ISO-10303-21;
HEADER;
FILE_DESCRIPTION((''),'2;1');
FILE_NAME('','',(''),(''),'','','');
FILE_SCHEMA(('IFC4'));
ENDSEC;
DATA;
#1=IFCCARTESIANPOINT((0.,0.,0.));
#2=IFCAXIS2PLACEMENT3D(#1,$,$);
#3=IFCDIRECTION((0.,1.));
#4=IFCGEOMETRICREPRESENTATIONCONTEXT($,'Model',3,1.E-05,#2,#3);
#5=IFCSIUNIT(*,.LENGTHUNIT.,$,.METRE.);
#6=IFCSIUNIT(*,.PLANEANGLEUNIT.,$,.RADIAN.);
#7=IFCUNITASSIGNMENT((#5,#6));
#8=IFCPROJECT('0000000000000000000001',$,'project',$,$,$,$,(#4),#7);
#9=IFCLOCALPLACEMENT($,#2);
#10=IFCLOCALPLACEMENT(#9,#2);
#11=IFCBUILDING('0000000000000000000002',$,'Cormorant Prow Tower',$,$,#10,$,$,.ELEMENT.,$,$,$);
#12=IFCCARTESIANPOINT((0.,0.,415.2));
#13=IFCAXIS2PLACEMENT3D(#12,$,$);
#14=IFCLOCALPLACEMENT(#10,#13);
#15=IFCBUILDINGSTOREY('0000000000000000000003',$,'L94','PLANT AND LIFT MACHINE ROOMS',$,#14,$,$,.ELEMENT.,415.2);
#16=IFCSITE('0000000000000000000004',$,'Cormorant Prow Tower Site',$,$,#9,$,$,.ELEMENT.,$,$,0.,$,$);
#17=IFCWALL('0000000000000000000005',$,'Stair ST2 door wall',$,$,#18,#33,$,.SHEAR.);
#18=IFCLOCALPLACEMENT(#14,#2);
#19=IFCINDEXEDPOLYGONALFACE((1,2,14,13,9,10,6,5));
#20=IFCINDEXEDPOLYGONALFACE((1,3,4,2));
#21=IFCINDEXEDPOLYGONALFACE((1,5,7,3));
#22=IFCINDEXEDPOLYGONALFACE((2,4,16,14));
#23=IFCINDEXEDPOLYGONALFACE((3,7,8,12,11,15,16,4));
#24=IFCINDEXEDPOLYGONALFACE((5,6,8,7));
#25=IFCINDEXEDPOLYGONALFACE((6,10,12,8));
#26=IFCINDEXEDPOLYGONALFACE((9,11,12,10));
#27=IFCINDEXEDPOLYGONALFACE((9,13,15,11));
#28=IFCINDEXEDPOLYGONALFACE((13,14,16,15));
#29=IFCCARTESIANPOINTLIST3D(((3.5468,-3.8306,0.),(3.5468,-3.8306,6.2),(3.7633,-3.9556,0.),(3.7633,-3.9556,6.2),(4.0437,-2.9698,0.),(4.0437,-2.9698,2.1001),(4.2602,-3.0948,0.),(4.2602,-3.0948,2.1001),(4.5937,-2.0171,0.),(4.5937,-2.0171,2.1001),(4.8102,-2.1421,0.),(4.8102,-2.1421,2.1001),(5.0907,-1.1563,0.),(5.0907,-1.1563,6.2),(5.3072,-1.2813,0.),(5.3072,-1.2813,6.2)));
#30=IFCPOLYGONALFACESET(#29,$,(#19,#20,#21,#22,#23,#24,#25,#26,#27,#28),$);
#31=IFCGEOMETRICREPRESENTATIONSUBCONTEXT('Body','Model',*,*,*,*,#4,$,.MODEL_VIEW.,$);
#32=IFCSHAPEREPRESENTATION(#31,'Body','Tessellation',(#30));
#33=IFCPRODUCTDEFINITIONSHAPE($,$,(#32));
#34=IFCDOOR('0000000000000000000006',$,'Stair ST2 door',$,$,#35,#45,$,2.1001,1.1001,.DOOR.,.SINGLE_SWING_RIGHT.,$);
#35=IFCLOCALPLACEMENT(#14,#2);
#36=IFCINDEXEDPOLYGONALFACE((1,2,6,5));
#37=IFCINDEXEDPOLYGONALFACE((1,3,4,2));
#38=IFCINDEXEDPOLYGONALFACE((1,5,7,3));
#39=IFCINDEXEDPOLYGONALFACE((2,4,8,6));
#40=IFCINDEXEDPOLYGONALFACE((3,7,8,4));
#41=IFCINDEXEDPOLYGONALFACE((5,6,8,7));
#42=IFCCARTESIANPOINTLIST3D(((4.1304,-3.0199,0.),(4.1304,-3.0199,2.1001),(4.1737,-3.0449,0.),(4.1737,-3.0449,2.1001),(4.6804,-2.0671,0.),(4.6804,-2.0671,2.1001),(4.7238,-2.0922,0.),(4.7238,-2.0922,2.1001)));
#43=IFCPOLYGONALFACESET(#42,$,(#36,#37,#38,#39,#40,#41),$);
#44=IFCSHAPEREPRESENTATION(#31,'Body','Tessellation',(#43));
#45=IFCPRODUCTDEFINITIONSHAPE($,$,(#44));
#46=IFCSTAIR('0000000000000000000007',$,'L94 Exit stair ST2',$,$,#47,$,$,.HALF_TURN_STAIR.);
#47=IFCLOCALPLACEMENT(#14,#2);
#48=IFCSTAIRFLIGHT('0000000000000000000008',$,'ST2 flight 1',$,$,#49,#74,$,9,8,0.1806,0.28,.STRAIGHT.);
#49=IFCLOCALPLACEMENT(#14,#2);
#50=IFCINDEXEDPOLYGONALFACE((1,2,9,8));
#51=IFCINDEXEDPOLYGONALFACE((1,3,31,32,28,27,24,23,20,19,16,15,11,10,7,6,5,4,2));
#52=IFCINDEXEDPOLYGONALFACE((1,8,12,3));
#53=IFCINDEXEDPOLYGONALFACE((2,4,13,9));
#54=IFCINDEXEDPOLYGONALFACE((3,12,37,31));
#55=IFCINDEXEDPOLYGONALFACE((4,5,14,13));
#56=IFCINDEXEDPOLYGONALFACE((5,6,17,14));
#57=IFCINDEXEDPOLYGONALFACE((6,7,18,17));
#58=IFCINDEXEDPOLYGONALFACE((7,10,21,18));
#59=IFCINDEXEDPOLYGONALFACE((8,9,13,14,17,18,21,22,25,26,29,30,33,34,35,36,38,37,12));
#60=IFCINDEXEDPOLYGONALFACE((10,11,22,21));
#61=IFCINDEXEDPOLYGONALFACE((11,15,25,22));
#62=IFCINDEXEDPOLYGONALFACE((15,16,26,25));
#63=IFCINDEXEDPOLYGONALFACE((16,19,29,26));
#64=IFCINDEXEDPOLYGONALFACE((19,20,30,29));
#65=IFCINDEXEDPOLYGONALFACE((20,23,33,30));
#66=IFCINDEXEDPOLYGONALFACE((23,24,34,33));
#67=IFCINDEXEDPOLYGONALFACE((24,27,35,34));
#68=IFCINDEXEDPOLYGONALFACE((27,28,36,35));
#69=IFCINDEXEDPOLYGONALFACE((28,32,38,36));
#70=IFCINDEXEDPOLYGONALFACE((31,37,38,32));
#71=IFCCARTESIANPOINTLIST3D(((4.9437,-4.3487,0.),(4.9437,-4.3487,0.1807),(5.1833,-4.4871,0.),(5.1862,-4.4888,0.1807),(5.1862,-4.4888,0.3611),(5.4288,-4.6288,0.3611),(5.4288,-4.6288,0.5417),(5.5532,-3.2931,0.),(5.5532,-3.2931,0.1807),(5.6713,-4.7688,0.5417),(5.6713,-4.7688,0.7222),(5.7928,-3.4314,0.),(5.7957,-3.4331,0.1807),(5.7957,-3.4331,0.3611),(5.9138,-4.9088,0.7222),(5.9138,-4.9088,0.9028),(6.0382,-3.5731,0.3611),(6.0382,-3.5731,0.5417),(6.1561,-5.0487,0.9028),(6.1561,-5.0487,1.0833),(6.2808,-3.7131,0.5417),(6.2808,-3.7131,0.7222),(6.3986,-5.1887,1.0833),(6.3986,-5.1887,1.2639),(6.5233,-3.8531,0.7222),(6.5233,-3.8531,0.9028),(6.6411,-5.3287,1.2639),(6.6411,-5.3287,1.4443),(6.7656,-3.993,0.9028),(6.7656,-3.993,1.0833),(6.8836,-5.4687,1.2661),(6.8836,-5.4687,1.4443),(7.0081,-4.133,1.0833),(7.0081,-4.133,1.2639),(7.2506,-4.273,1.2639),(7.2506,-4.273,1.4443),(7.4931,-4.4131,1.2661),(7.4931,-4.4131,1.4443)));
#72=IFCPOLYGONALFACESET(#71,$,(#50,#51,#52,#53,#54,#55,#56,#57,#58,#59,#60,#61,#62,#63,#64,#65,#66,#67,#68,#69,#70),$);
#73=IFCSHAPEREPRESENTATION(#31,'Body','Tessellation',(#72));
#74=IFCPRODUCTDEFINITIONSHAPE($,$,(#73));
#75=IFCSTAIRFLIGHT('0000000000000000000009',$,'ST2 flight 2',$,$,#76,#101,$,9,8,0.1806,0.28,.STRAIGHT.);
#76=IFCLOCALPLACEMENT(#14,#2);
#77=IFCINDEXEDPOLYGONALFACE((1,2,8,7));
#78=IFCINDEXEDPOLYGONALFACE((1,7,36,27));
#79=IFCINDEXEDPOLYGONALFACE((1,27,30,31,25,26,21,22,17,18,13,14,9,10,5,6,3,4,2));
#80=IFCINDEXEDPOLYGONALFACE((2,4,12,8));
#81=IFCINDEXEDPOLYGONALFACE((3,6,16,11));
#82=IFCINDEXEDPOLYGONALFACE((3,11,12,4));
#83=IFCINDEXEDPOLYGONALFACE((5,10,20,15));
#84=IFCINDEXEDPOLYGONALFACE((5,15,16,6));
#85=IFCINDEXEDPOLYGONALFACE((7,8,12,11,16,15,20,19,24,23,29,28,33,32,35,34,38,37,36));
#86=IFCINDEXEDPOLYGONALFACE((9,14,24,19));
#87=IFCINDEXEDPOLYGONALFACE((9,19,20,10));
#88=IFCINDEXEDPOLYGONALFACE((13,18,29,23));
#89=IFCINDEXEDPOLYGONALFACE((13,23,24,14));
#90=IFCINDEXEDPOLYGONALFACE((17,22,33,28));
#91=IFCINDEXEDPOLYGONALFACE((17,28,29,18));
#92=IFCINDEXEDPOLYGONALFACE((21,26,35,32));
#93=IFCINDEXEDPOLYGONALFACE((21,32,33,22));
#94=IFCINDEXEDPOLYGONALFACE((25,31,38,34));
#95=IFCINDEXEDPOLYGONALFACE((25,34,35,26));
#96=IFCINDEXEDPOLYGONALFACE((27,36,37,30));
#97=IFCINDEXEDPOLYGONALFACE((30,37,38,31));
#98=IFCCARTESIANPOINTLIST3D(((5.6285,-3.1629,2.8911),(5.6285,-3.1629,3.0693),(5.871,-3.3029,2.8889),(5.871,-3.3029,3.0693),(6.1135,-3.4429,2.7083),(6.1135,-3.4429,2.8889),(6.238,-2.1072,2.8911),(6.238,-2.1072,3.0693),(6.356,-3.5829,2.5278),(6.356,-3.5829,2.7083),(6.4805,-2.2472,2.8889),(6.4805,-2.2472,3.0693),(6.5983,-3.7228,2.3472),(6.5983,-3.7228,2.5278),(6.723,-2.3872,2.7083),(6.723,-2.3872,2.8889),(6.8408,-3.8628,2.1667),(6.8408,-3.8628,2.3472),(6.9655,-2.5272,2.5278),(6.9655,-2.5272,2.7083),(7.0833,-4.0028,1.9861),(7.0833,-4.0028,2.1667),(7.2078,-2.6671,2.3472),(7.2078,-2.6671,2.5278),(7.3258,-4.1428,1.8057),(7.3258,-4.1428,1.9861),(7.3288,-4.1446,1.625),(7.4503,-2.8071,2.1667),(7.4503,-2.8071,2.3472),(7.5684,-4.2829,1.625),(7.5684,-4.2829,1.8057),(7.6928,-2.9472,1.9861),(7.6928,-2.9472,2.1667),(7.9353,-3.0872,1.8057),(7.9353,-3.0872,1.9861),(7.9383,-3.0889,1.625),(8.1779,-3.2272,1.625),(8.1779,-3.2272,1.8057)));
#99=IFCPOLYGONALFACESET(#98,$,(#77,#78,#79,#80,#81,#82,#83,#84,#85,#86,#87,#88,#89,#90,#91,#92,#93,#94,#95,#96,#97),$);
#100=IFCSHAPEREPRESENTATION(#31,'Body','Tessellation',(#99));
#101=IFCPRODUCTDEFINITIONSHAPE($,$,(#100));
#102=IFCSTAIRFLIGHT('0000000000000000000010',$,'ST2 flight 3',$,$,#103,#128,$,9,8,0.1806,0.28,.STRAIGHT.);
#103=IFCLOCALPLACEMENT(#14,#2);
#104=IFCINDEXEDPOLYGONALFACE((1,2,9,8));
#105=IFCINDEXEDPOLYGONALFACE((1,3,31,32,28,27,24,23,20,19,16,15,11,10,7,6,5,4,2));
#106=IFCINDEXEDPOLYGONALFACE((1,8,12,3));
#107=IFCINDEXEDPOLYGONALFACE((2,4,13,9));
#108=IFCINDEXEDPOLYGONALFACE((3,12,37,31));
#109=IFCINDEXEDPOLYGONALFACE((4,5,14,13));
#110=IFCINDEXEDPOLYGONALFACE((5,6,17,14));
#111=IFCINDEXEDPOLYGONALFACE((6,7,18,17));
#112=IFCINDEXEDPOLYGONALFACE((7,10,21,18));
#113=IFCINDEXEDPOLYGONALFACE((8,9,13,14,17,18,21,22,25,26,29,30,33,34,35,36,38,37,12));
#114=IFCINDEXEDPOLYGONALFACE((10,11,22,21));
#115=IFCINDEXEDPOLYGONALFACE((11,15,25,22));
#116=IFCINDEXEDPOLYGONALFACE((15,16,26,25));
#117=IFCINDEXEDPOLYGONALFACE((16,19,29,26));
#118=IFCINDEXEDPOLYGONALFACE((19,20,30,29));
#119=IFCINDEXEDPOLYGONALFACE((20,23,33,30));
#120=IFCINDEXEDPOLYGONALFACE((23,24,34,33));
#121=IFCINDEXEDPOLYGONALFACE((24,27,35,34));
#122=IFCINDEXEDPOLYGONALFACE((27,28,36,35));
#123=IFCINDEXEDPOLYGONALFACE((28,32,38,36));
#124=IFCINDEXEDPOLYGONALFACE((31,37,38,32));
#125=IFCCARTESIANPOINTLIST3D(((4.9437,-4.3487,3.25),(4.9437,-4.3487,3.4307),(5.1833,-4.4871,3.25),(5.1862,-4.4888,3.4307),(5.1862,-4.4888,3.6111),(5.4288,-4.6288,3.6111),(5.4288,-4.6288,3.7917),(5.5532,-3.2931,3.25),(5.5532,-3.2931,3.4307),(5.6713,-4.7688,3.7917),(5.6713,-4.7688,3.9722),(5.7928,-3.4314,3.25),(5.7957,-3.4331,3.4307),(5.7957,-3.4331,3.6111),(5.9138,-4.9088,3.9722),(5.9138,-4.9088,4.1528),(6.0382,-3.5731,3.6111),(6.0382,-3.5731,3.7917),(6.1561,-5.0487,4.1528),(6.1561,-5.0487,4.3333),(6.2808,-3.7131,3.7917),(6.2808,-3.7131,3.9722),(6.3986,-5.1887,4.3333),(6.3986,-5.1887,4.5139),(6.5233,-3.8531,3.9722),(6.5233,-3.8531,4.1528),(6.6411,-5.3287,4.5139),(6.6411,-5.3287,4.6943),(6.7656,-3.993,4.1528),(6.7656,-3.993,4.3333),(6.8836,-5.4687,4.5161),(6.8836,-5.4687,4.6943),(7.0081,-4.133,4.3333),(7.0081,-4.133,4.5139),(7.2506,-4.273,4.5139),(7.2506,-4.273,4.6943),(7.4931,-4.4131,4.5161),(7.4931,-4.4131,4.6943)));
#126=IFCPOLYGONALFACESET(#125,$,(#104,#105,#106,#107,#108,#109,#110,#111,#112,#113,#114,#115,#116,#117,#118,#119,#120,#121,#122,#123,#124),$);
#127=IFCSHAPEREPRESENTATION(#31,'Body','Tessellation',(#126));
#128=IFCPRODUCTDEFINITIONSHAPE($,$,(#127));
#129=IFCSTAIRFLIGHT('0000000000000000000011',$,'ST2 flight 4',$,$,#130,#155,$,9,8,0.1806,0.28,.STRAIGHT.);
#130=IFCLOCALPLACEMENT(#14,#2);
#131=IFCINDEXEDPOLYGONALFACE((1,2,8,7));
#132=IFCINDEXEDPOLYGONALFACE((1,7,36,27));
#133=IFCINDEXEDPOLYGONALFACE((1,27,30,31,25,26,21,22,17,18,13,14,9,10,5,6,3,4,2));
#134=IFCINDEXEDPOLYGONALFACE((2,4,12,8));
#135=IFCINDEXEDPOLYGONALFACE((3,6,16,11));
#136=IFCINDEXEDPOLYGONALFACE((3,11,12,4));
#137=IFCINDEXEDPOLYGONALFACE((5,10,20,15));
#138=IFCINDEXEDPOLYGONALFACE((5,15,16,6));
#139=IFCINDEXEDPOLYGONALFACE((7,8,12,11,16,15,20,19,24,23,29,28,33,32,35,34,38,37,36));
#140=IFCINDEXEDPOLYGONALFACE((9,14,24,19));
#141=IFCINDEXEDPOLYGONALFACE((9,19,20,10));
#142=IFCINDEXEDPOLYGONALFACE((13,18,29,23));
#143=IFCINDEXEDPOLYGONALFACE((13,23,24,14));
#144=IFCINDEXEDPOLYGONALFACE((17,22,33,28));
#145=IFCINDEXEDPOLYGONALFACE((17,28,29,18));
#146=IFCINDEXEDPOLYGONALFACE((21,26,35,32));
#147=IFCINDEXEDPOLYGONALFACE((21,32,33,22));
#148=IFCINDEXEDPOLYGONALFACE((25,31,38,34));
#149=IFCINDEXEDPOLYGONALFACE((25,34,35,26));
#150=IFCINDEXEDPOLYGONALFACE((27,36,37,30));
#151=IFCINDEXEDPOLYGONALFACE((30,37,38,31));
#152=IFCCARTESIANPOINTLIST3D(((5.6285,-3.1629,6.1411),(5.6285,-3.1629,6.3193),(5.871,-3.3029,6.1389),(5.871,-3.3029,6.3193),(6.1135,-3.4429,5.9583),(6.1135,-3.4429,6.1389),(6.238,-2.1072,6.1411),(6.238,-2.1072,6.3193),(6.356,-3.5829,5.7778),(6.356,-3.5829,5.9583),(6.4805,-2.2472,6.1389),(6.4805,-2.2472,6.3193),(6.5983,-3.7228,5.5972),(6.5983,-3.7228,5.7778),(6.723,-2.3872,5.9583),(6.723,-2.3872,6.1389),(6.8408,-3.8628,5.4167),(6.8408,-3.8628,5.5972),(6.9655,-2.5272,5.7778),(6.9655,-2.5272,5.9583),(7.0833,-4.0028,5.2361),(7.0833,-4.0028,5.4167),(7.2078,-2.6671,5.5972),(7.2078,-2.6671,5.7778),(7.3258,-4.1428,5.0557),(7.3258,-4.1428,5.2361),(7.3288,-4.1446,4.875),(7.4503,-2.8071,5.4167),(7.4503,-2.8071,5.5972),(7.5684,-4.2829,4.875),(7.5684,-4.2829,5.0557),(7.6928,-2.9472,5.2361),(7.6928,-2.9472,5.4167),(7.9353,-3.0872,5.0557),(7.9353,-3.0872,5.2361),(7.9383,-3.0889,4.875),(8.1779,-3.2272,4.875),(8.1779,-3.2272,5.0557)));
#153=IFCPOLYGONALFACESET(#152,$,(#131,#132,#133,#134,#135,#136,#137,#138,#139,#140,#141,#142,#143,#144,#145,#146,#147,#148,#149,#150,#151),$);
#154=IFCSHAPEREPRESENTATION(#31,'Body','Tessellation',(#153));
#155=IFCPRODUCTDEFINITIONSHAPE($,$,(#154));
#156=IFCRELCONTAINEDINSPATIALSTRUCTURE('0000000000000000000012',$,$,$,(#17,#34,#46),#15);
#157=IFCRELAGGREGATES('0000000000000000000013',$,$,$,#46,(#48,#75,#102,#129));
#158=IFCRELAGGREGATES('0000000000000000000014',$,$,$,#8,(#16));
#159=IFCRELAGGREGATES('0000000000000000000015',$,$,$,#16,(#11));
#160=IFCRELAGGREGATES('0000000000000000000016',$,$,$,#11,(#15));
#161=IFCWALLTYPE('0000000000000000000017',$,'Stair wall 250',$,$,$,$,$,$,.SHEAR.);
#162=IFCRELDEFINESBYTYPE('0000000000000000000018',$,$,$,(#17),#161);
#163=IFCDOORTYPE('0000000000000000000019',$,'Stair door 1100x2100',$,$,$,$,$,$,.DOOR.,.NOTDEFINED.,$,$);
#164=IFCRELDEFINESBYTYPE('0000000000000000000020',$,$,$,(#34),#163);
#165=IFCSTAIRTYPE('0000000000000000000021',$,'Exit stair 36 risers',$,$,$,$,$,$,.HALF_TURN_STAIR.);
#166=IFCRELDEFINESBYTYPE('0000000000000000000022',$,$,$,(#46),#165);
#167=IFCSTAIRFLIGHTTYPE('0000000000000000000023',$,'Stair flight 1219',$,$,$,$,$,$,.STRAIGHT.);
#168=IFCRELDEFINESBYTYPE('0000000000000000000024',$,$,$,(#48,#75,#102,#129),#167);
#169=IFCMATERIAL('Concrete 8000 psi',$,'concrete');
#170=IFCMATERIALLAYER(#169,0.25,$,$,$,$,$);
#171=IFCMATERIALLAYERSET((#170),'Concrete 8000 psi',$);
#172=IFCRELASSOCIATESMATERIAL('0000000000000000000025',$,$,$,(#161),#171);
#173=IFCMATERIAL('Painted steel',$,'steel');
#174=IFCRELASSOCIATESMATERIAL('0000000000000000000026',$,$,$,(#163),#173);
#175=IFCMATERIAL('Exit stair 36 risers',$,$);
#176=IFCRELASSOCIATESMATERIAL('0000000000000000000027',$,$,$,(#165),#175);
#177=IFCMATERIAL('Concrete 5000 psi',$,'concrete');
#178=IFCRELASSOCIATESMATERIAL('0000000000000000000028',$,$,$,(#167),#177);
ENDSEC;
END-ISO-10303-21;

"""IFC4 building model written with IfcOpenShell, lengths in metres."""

from ifc_helpers import new_model, si_unit, direction, frame, frame_2d, origin, place, context, subcontext, project, spatial, polyline, rectangle, outline, extrude, material, layer, layer_set, type_object, element, fill, aggregate, save


model = new_model("IFC4")

# Units and contexts
model_context = context("Model", 3, precision=1e-05, world=origin(), true_north=direction((0.0, 1.0)))
body_context = subcontext(model_context, "Body", "Model", "MODEL_VIEW")
ifc_project = project(units=[si_unit("LENGTHUNIT", "METRE"), si_unit("PLANEANGLEUNIT", "RADIAN")], contexts=[model_context])

# Site, building, storey
site_placement = place(None, origin())
site = spatial("IfcSite", under=ifc_project, at=site_placement, Name="Cormorant Prow Tower Site", CompositionType="ELEMENT", RefElevation=0.0)
building_placement = place(site_placement, origin())
building = spatial("IfcBuilding", under=site, at=building_placement, Name="Cormorant Prow Tower", CompositionType="ELEMENT")
storey_placement = place(building_placement, frame((0.0, 0.0, 415.2)))
storey = spatial("IfcBuildingStorey", under=building, at=storey_placement, Name="L94", Description="PLANT AND LIFT MACHINE ROOMS", CompositionType="ELEMENT", Elevation=415.2)

# Wall, opening, door
ifc_material_1 = material(Name="Concrete 8000 psi", Category="concrete")
ifc_layer_1 = layer(ifc_material_1, 0.25)
ifc_layer_set_1 = layer_set([ifc_layer_1], Name="Concrete 8000 psi")
wall_type_1 = type_object("IfcWallType", Name="Stair wall 250", PredefinedType="SHEAR", material=ifc_layer_set_1)
wall_1_placement = place(storey_placement, frame((3.655, -3.8931, 0.0), z_axis=(0.0, 0.0, 1.0), x_axis=(0.499983, 0.866035, 0.0)))
wall_1 = element("IfcWall", 1, at=wall_1_placement, inside=storey, type_object=wall_type_1, Name="Stair ST2 door wall", PredefinedType="SHEAR", context=body_context, shape_type="SweptSolid", body=[
    extrude(rectangle(XDim=3.0879, YDim=0.25, at=frame_2d((1.5439, 0.0))), origin(), (0.0, 0.0, 1.0), 6.2),
])
opening_1_placement = place(wall_1_placement, frame((0.9939, 0.0, 0.0)))
opening_1 = element("IfcOpeningElement", 2, at=opening_1_placement, cuts=wall_1, PredefinedType="OPENING", context=body_context, shape_type="SweptSolid", body=[
    extrude(rectangle(XDim=1.1001, YDim=2.1001, at=frame_2d((0.55, 1.05))), frame((0.0, 0.135, 0.0), z_axis=(0.0, -1.0, 0.0), x_axis=(1.0, 0.0, 0.0)), (0.0, 0.0, 1.0), 0.27),
])
ifc_material_2 = material(Name="Painted steel", Category="steel")
door_type_1 = type_object("IfcDoorType", Name="Stair door 1100x2100", OperationType="NOTDEFINED", PredefinedType="DOOR", material=ifc_material_2)
door_1_placement = place(opening_1_placement, origin())
door_1 = element("IfcDoor", 3, at=door_1_placement, inside=storey, type_object=door_type_1, Name="Stair ST2 door", OperationType="SINGLE_SWING_RIGHT", OverallHeight=2.1001, OverallWidth=1.1001, PredefinedType="DOOR", context=body_context, shape_type="SweptSolid", body=[
    extrude(rectangle(XDim=1.1001, YDim=2.1001, at=frame_2d((0.55, 1.05))), frame((0.0, 0.0249, 0.0), z_axis=(0.0, -1.0, 0.0), x_axis=(1.0, 0.0, 0.0)), (0.0, 0.0, 1.0), 0.05),
])
fill(opening_1, door_1)

# Stair, stair flights
ifc_material_3 = material(Name="Exit stair 36 risers")
stair_type = type_object("IfcStairType", Name="Exit stair 36 risers", PredefinedType="HALF_TURN_STAIR", material=ifc_material_3)
stair_placement = place(storey_placement, origin())
stair = element("IfcStair", 4, at=stair_placement, inside=storey, type_object=stair_type, Name="L94 Exit stair ST2", PredefinedType="HALF_TURN_STAIR")
ifc_material_4 = material(Name="Concrete 5000 psi", Category="concrete")
stair_flight_type = type_object("IfcStairFlightType", Name="Stair flight 1219", PredefinedType="STRAIGHT", material=ifc_material_4)
stair_flight_1_placement = place(storey_placement, frame((5.2485, -3.8208, 0.0), z_axis=(0.0, 0.0, 1.0), x_axis=(0.866025, -0.5, 0.0)))
stair_flight_1 = element("IfcStairFlight", 5, at=stair_flight_1_placement, type_object=stair_flight_type, Name="ST2 flight 1", NumberOfRisers=9, NumberOfTreads=8, PredefinedType="STRAIGHT", RiserHeight=0.1806, TreadLength=0.28, context=body_context, shape_type="SweptSolid", body=[
    extrude(outline(polyline([(0.0, 0.0), (0.0, 0.1807), (0.28, 0.1807), (0.28, 0.3611), (0.5601, 0.3611), (0.5601, 0.5417), (0.8401, 0.5417), (0.8401, 0.7222), (1.1201, 0.7222), (1.1201, 0.9028), (1.3999, 0.9028), (1.3999, 1.0833), (1.6799, 1.0833), (1.6799, 1.2639), (1.96, 1.2639), (1.96, 1.4443), (2.24, 1.4443), (2.24, 1.625), (2.24, 1.2661), (0.2766, 0.0), (0.0, 0.0)])), frame((0.0, 0.6094, 0.0), z_axis=(0.0, -1.0, 0.0), x_axis=(1.0, 0.0, 0.0)), (0.0, 0.0, 1.0), 1.219),
])
stair_flight_2_placement = place(storey_placement, frame((7.873, -3.7551, 1.625), z_axis=(0.0, 0.0, 1.0), x_axis=(-0.866025, 0.5, 0.0)))
stair_flight_2 = element("IfcStairFlight", 6, at=stair_flight_2_placement, type_object=stair_flight_type, Name="ST2 flight 2", NumberOfRisers=9, NumberOfTreads=8, PredefinedType="STRAIGHT", RiserHeight=0.1806, TreadLength=0.28, context=body_context, shape_type="SweptSolid", body=[
    extrude(outline(polyline([(0.0, 0.0), (0.0, 0.1807), (0.28, 0.1807), (0.28, 0.3611), (0.5601, 0.3611), (0.5601, 0.5417), (0.8401, 0.5417), (0.8401, 0.7222), (1.1201, 0.7222), (1.1201, 0.9028), (1.3999, 0.9028), (1.3999, 1.0833), (1.6799, 1.0833), (1.6799, 1.2639), (1.96, 1.2639), (1.96, 1.4443), (2.24, 1.4443), (2.24, 1.625), (2.24, 1.2661), (0.2766, 0.0), (0.0, 0.0)])), frame((0.0, 0.6094, 0.0), z_axis=(0.0, -1.0, 0.0), x_axis=(1.0, 0.0, 0.0)), (0.0, 0.0, 1.0), 1.219),
])
stair_flight_3_placement = place(storey_placement, frame((5.2485, -3.8208, 3.25), z_axis=(0.0, 0.0, 1.0), x_axis=(0.866025, -0.5, 0.0)))
stair_flight_3 = element("IfcStairFlight", 7, at=stair_flight_3_placement, type_object=stair_flight_type, Name="ST2 flight 3", NumberOfRisers=9, NumberOfTreads=8, PredefinedType="STRAIGHT", RiserHeight=0.1806, TreadLength=0.28, context=body_context, shape_type="SweptSolid", body=[
    extrude(outline(polyline([(0.0, 0.0), (0.0, 0.1807), (0.28, 0.1807), (0.28, 0.3611), (0.5601, 0.3611), (0.5601, 0.5417), (0.8401, 0.5417), (0.8401, 0.7222), (1.1201, 0.7222), (1.1201, 0.9028), (1.3999, 0.9028), (1.3999, 1.0833), (1.6799, 1.0833), (1.6799, 1.2639), (1.96, 1.2639), (1.96, 1.4443), (2.24, 1.4443), (2.24, 1.625), (2.24, 1.2661), (0.2766, 0.0), (0.0, 0.0)])), frame((0.0, 0.6094, 0.0), z_axis=(0.0, -1.0, 0.0), x_axis=(1.0, 0.0, 0.0)), (0.0, 0.0, 1.0), 1.219),
])
stair_flight_4_placement = place(storey_placement, frame((7.873, -3.7551, 4.875), z_axis=(0.0, 0.0, 1.0), x_axis=(-0.866025, 0.5, 0.0)))
stair_flight_4 = element("IfcStairFlight", 8, at=stair_flight_4_placement, type_object=stair_flight_type, Name="ST2 flight 4", NumberOfRisers=9, NumberOfTreads=8, PredefinedType="STRAIGHT", RiserHeight=0.1806, TreadLength=0.28, context=body_context, shape_type="SweptSolid", body=[
    extrude(outline(polyline([(0.0, 0.0), (0.0, 0.1807), (0.28, 0.1807), (0.28, 0.3611), (0.5601, 0.3611), (0.5601, 0.5417), (0.8401, 0.5417), (0.8401, 0.7222), (1.1201, 0.7222), (1.1201, 0.9028), (1.3999, 0.9028), (1.3999, 1.0833), (1.6799, 1.0833), (1.6799, 1.2639), (1.96, 1.2639), (1.96, 1.4443), (2.24, 1.4443), (2.24, 1.625), (2.24, 1.2661), (0.2766, 0.0), (0.0, 0.0)])), frame((0.0, 0.6094, 0.0), z_axis=(0.0, -1.0, 0.0), x_axis=(1.0, 0.0, 0.0)), (0.0, 0.0, 1.0), 1.219),
])
aggregate(stair, [stair_flight_1, stair_flight_2, stair_flight_3, stair_flight_4])

save(model, "model.ifc")
